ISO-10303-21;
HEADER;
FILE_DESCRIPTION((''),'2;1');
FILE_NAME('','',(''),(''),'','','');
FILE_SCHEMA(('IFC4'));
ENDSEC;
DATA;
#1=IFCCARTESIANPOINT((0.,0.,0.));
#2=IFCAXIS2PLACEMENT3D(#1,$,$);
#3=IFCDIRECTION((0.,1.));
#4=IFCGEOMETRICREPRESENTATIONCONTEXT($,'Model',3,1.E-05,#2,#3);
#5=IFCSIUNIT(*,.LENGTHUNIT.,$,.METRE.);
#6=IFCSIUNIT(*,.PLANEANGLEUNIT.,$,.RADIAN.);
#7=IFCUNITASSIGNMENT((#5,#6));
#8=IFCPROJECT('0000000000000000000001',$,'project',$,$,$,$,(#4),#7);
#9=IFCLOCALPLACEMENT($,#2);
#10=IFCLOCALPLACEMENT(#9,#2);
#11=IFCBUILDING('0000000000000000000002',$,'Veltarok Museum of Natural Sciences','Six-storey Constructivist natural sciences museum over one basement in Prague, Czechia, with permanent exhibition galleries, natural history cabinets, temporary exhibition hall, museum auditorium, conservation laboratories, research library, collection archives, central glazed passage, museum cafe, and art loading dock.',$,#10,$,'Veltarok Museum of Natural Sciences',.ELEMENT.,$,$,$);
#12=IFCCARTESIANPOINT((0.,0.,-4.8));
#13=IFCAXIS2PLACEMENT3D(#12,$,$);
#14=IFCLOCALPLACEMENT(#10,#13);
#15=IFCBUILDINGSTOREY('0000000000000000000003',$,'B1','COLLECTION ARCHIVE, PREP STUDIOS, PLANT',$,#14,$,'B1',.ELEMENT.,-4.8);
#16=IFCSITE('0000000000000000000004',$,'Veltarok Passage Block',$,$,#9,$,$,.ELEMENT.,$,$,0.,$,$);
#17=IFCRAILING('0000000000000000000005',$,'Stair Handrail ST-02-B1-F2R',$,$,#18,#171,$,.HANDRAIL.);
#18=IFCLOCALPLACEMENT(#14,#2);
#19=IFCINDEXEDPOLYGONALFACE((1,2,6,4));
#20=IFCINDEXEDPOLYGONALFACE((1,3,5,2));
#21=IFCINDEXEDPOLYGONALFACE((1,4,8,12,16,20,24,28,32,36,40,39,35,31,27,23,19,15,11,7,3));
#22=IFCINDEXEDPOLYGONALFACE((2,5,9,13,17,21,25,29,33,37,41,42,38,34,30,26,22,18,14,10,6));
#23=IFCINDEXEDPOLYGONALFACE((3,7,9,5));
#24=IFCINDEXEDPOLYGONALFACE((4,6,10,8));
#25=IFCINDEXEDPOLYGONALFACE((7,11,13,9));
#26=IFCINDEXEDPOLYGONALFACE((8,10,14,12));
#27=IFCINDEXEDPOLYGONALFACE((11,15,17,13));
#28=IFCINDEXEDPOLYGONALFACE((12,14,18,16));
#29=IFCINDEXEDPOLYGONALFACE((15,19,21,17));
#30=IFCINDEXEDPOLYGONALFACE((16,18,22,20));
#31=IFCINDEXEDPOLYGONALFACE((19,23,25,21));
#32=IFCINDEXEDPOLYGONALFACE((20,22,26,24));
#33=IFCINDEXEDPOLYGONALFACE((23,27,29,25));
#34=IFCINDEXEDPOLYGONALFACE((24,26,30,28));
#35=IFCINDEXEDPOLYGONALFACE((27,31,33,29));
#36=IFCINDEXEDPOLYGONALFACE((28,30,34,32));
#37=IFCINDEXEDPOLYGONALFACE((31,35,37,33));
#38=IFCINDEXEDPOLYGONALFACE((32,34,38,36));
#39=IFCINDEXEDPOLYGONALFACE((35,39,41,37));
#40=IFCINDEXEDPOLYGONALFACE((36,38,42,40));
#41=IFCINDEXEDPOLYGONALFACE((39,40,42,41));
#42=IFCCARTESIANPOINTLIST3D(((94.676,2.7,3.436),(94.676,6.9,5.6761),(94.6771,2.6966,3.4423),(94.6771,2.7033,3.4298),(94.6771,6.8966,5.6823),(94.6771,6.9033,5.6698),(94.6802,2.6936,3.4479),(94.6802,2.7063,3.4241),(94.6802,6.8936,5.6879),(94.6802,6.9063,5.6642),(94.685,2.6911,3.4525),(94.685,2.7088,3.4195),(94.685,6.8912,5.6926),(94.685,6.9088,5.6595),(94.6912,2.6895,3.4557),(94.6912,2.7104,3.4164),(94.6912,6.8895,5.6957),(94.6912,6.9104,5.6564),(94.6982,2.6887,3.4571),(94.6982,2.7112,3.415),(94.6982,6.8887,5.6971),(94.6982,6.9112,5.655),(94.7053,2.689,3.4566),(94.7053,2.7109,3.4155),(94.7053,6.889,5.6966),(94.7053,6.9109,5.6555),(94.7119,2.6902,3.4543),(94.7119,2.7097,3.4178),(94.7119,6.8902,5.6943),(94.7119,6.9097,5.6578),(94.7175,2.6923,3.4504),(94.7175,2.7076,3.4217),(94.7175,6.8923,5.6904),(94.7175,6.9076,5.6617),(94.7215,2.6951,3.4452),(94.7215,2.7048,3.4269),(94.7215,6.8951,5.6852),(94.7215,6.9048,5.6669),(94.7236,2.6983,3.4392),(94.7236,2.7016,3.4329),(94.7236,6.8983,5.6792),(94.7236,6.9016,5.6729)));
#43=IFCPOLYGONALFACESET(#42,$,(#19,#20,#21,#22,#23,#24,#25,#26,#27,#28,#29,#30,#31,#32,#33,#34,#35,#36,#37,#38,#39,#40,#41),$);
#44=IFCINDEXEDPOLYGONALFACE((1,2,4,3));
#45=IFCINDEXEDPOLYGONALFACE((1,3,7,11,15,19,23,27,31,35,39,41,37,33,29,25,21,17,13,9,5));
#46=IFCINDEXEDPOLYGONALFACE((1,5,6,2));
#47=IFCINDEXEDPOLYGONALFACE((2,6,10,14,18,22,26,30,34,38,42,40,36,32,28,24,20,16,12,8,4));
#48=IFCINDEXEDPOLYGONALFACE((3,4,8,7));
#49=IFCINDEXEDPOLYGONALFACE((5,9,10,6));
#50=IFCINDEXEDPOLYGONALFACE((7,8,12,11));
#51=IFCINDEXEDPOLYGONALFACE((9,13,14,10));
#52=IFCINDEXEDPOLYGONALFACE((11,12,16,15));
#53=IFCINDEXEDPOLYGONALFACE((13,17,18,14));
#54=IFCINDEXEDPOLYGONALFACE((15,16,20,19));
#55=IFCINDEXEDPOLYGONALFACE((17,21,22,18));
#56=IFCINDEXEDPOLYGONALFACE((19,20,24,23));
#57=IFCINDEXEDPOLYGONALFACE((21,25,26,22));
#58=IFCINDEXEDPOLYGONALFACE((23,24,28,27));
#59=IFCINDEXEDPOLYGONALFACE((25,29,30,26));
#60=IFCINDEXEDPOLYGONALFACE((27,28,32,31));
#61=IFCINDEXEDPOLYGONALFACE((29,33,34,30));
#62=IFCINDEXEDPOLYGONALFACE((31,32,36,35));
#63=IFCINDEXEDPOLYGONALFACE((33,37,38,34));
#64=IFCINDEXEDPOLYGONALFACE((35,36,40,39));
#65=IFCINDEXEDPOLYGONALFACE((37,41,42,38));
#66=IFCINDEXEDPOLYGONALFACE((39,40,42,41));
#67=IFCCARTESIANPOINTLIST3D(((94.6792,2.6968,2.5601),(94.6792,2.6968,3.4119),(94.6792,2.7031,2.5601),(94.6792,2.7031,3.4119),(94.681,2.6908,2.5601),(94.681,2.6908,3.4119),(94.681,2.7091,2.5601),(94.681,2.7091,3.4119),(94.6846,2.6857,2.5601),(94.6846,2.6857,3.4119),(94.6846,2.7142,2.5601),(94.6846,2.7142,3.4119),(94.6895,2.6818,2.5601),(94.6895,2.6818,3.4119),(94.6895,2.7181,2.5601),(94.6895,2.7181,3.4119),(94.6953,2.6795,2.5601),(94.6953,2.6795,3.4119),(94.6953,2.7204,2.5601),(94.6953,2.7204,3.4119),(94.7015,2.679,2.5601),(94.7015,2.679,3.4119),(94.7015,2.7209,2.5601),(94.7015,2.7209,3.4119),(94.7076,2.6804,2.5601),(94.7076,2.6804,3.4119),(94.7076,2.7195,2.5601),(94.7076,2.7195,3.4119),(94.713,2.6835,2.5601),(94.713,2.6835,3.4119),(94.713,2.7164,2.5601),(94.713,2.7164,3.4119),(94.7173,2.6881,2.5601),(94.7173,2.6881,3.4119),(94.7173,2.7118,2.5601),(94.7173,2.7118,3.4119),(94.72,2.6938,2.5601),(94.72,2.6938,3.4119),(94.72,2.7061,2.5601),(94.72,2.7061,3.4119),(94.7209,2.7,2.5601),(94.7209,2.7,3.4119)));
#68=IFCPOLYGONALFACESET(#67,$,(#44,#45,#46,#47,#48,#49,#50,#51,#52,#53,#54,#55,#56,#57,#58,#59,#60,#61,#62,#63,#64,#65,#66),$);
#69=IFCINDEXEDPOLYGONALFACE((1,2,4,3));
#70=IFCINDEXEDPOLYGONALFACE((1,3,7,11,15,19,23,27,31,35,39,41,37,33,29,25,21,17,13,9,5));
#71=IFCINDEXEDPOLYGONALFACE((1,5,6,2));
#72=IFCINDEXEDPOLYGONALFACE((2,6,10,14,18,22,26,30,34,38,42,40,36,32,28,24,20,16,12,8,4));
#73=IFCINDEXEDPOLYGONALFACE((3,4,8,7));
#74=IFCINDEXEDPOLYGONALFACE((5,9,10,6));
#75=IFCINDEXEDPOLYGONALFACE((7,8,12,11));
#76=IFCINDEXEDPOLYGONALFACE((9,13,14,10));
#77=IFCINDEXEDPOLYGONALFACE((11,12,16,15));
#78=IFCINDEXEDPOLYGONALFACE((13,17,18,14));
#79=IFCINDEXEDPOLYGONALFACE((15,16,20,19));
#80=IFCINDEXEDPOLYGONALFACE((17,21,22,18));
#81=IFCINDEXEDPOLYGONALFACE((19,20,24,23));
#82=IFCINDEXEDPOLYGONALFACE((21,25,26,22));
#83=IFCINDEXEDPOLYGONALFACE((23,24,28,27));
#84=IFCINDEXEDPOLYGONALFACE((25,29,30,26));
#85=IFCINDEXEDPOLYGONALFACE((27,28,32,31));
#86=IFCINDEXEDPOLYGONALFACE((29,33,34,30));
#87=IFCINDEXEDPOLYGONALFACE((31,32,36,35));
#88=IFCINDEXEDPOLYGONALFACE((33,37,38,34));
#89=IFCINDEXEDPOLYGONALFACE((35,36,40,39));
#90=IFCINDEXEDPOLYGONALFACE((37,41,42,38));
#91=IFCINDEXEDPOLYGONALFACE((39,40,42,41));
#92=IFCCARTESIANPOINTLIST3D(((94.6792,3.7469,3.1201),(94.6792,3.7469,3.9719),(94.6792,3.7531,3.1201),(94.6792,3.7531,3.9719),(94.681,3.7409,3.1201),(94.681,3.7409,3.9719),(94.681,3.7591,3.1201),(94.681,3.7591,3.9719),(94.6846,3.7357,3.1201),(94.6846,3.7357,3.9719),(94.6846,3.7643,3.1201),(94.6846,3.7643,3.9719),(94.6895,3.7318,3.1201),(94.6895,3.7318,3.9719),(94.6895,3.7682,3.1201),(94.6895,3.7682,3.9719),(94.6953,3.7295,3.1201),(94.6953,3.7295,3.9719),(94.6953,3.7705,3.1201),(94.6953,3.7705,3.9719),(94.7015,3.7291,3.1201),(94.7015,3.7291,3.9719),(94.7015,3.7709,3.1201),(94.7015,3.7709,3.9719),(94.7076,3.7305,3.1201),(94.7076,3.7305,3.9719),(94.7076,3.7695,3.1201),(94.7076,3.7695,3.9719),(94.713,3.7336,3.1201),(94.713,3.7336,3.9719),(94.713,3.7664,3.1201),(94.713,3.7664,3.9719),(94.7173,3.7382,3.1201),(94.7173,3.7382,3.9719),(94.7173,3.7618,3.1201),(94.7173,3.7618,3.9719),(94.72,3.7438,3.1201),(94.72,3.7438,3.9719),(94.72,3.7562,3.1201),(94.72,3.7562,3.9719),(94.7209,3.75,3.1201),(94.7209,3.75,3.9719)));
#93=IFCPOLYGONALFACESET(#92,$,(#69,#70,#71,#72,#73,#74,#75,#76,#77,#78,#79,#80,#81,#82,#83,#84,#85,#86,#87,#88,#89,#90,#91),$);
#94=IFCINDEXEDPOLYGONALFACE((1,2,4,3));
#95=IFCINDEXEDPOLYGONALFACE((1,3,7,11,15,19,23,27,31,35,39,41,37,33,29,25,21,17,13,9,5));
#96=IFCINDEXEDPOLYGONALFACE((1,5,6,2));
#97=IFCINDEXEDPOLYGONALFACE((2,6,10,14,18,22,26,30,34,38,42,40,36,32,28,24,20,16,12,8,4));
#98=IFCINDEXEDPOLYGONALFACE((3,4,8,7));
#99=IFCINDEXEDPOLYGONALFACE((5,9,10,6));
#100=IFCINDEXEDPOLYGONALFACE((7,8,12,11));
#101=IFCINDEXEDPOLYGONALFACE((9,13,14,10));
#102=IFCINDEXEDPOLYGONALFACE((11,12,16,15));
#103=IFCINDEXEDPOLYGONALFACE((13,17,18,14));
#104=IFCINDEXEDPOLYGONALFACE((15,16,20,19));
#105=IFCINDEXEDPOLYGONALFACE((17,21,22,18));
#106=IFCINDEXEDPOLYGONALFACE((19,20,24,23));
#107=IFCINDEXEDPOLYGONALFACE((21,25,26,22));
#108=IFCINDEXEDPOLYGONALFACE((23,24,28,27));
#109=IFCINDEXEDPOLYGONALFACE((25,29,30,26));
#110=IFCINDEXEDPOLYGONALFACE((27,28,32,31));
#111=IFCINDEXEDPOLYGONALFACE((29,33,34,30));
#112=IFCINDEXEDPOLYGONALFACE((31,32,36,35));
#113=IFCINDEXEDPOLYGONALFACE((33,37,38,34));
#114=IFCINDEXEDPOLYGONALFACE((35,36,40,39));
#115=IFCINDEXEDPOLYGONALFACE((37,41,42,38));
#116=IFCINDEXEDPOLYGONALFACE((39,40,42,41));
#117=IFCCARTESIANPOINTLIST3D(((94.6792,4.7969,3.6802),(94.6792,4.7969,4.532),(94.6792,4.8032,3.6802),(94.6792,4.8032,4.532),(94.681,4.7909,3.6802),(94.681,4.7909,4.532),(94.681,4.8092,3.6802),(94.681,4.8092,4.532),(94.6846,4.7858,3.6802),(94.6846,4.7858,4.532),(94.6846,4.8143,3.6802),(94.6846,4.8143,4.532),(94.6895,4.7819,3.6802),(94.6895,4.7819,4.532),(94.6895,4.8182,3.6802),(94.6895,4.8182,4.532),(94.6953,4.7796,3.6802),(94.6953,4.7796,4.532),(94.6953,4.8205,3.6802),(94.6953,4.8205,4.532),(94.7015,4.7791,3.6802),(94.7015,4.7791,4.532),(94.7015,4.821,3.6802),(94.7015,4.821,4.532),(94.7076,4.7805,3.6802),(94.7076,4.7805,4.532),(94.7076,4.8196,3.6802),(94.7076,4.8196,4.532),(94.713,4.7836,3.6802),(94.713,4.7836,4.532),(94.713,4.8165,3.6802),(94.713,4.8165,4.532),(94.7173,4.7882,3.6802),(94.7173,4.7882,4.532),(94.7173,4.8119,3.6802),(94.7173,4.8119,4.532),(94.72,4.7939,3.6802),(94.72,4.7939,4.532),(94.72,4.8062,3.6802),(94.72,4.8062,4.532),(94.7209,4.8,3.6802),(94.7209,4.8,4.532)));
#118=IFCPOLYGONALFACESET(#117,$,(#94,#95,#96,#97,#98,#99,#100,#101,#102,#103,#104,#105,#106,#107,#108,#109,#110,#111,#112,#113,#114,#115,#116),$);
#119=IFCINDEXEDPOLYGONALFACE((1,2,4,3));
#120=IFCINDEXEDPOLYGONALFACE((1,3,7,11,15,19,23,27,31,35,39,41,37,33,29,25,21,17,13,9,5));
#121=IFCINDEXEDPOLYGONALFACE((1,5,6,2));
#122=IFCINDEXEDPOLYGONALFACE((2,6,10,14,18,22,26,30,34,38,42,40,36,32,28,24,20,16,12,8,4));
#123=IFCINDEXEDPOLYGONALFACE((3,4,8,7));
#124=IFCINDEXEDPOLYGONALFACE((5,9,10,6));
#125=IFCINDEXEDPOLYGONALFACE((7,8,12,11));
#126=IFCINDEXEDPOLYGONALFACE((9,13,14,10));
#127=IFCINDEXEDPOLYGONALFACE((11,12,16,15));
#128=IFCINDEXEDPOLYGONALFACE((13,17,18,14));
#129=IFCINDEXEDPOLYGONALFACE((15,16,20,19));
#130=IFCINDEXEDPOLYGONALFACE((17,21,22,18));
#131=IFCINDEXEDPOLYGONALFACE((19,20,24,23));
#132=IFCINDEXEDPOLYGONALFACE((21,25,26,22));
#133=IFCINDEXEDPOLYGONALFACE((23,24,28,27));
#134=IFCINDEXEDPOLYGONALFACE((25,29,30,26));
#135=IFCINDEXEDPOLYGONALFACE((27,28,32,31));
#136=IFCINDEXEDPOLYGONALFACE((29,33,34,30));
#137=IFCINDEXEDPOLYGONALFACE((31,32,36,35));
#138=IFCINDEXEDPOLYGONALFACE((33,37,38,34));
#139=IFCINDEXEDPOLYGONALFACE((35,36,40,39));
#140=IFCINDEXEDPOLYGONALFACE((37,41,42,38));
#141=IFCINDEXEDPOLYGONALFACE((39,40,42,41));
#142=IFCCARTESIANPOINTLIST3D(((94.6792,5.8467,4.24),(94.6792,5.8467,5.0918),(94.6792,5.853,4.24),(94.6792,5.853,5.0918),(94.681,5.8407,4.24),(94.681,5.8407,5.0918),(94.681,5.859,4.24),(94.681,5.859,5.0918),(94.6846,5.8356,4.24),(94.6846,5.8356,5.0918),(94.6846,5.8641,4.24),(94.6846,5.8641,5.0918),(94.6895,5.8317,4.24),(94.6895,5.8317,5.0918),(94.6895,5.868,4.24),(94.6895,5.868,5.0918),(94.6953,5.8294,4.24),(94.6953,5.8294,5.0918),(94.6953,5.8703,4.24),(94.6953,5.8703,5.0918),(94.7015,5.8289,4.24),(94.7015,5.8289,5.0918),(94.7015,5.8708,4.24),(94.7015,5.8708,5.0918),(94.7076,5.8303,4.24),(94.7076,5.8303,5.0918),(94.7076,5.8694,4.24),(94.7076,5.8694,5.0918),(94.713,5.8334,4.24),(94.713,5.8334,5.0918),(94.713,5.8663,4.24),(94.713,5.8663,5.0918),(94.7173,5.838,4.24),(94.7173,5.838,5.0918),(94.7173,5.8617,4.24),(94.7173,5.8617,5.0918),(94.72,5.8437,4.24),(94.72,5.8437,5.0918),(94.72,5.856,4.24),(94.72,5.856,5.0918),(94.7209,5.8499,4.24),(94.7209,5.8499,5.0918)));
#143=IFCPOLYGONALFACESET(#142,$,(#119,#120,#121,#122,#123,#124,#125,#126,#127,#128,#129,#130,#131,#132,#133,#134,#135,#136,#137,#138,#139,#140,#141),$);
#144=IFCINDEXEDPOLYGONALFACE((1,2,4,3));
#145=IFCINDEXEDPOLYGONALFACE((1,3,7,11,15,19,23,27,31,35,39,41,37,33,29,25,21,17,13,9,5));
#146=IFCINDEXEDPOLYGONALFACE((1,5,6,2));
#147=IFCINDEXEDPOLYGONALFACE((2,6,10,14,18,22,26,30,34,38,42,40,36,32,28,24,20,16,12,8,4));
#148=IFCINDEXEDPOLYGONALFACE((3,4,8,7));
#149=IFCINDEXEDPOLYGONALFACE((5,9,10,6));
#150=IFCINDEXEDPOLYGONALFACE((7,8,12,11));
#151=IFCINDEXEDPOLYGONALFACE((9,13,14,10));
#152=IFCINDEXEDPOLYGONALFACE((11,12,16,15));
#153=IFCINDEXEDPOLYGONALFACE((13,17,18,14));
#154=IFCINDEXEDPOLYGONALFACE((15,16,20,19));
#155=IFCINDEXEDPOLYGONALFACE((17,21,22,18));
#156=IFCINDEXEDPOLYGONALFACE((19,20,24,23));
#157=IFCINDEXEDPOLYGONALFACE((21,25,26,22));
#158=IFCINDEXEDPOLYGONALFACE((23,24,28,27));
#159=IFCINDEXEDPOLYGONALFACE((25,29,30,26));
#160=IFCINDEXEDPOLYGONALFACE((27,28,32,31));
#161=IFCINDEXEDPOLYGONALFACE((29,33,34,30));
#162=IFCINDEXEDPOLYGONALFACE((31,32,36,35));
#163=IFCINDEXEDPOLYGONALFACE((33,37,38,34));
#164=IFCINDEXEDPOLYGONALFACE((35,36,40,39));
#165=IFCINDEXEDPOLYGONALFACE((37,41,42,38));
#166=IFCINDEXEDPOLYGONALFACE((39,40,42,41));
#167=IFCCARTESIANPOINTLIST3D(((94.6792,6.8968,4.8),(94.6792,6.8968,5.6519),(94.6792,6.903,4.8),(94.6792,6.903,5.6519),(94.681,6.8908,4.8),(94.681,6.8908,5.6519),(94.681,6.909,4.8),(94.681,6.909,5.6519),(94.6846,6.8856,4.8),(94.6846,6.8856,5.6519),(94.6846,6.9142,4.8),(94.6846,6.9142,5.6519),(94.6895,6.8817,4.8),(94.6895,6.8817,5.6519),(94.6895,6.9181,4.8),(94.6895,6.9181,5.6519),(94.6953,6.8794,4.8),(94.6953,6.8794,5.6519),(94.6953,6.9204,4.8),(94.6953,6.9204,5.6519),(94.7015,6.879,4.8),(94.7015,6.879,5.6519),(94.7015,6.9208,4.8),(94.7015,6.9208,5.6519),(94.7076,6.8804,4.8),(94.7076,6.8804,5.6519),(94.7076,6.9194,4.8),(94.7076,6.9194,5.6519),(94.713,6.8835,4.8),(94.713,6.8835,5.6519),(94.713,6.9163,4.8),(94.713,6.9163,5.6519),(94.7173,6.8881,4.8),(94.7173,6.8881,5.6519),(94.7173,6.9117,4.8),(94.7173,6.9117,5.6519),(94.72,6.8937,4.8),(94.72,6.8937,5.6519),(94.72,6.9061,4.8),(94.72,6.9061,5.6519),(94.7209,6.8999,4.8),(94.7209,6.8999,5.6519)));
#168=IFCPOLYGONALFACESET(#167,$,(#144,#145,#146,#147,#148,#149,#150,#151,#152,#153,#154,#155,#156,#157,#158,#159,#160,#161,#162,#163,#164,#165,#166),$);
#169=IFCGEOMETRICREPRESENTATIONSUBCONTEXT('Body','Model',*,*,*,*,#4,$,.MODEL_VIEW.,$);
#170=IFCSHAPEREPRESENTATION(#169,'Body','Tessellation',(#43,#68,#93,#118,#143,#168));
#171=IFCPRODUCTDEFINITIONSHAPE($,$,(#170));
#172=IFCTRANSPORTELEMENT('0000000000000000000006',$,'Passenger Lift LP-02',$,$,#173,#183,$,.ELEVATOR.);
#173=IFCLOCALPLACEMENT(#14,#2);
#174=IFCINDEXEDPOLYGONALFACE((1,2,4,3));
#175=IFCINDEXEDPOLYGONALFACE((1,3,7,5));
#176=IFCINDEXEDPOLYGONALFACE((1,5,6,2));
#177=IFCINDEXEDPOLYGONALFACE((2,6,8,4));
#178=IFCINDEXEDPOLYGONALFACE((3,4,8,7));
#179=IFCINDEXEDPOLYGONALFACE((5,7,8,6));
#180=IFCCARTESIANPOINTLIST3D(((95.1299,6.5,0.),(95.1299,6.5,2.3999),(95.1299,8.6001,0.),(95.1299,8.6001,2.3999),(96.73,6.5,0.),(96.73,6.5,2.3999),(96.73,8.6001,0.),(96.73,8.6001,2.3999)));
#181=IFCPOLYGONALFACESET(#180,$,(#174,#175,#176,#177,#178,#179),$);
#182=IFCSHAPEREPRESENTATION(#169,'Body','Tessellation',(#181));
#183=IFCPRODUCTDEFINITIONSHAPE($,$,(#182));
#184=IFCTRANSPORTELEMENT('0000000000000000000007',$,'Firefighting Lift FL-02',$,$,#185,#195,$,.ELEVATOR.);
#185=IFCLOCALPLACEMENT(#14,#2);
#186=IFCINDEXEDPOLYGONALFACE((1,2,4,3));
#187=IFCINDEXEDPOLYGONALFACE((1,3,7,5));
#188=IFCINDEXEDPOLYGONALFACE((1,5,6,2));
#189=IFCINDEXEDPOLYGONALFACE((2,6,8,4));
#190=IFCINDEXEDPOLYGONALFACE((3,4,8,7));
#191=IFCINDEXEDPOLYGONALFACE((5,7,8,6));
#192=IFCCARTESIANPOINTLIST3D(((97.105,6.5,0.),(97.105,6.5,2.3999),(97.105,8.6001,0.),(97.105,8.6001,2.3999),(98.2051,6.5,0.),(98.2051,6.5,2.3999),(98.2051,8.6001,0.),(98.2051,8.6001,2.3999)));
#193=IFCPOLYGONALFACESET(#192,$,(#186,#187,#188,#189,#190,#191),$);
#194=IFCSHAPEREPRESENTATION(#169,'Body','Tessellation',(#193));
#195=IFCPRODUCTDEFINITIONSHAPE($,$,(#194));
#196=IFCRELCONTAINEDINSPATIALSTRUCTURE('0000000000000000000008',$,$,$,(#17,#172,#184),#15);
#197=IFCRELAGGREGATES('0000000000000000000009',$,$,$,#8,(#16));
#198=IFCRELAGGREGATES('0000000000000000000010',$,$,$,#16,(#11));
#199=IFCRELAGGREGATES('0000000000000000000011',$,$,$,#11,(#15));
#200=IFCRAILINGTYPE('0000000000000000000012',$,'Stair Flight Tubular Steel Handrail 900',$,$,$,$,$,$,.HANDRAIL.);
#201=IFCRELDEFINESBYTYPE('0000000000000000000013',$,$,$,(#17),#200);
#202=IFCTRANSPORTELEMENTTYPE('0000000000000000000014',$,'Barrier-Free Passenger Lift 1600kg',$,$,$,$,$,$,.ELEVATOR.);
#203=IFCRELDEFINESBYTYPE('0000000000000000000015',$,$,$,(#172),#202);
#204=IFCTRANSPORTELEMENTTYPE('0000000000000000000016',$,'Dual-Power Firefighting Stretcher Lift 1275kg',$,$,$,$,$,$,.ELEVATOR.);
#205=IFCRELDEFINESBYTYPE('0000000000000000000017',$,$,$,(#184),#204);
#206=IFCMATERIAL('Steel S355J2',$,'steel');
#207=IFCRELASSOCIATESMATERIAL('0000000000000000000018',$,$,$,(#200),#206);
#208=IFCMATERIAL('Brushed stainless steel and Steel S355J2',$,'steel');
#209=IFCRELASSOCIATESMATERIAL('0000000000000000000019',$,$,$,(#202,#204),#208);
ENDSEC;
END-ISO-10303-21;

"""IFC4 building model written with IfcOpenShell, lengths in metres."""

from ifc_helpers import new_model, si_unit, direction, frame, origin, origin_2d, place, context, subcontext, project, spatial, rectangle, circle, extrude, material, type_object, element, save


model = new_model("IFC4")

# Units and contexts
model_context = context("Model", 3, precision=1e-05, world=origin(), true_north=direction((0.0, 1.0)))
body_context = subcontext(model_context, "Body", "Model", "MODEL_VIEW")
ifc_project = project(units=[si_unit("LENGTHUNIT", "METRE"), si_unit("PLANEANGLEUNIT", "RADIAN")], contexts=[model_context])

# Site, building, storey
site_placement = place(None, origin())
site = spatial("IfcSite", under=ifc_project, at=site_placement, Name="Veltarok Passage Block", CompositionType="ELEMENT", RefElevation=0.0)
building_placement = place(site_placement, origin())
building = spatial("IfcBuilding", under=site, at=building_placement, Name="Veltarok Museum of Natural Sciences", Description="Six-storey Constructivist natural sciences museum over one basement in Prague, Czechia, with permanent exhibition galleries, natural history cabinets, temporary exhibition hall, museum auditorium, conservation laboratories, research library, collection archives, central glazed passage, museum cafe, and art loading dock.", LongName="Veltarok Museum of Natural Sciences", CompositionType="ELEMENT")
storey_placement = place(building_placement, frame((0.0, 0.0, -4.8)))
storey = spatial("IfcBuildingStorey", under=building, at=storey_placement, Name="B1", Description="COLLECTION ARCHIVE, PREP STUDIOS, PLANT", LongName="B1", CompositionType="ELEMENT", Elevation=-4.8)

# Shared definitions
ifc_material_1 = material(Name="Steel S355J2", Category="steel")

# Railing
railing_type = type_object("IfcRailingType", Name="Stair Flight Tubular Steel Handrail 900", PredefinedType="HANDRAIL", material=ifc_material_1)
railing_placement = place(storey_placement, frame((94.7, 2.7, 2.5601)))
element("IfcRailing", 1, at=railing_placement, inside=storey, type_object=railing_type, Name="Stair Handrail ST-02-B1-F2R", PredefinedType="HANDRAIL", context=body_context, shape_type="SweptSolid", body=[
    extrude(circle(Radius=0.0239, at=origin_2d()), frame((0.0, 0.0, 0.876), z_axis=(0.0, 0.882352, 0.470591), x_axis=(-1.0, 0.0, 0.0)), (0.0, 0.0, 1.0), 4.76),
    extrude(circle(Radius=0.021, at=origin_2d()), origin(), (0.0, 0.0, 1.0), 0.8518),
    extrude(circle(Radius=0.021, at=origin_2d()), frame((0.0, 1.05, 0.5601)), (0.0, 0.0, 1.0), 0.8518),
    extrude(circle(Radius=0.021, at=origin_2d()), frame((0.0, 2.1001, 1.1201)), (0.0, 0.0, 1.0), 0.8518),
    extrude(circle(Radius=0.021, at=origin_2d()), frame((0.0, 3.1499, 1.6799)), (0.0, 0.0, 1.0), 0.8518),
    extrude(circle(Radius=0.021, at=origin_2d()), frame((0.0, 4.2, 2.24)), (0.0, 0.0, 1.0), 0.8518),
])

# Transport elements
ifc_material_2 = material(Name="Brushed stainless steel and Steel S355J2", Category="steel")
transport_element_type_1 = type_object("IfcTransportElementType", Name="Barrier-Free Passenger Lift 1600kg", PredefinedType="ELEVATOR", material=ifc_material_2)
transport_element_1_placement = place(storey_placement, frame((95.9299, 7.55, 0.0), z_axis=(0.0, 0.0, 1.0), x_axis=(1.0, 0.0, 0.0)))
element("IfcTransportElement", 2, at=transport_element_1_placement, inside=storey, type_object=transport_element_type_1, Name="Passenger Lift LP-02", PredefinedType="ELEVATOR", context=body_context, shape_type="SweptSolid", body=[
    extrude(rectangle(XDim=1.6001, YDim=2.1001, at=origin_2d()), origin(), (0.0, 0.0, 1.0), 2.3999),
])
transport_element_type_2 = type_object("IfcTransportElementType", Name="Dual-Power Firefighting Stretcher Lift 1275kg", PredefinedType="ELEVATOR", material=ifc_material_2)
transport_element_2_placement = place(storey_placement, frame((97.655, 7.55, 0.0), z_axis=(0.0, 0.0, 1.0), x_axis=(1.0, 0.0, 0.0)))
element("IfcTransportElement", 3, at=transport_element_2_placement, inside=storey, type_object=transport_element_type_2, Name="Firefighting Lift FL-02", PredefinedType="ELEVATOR", context=body_context, shape_type="SweptSolid", body=[
    extrude(rectangle(XDim=1.1001, YDim=2.1001, at=origin_2d()), origin(), (0.0, 0.0, 1.0), 2.3999),
])

save(model, "model.ifc")
